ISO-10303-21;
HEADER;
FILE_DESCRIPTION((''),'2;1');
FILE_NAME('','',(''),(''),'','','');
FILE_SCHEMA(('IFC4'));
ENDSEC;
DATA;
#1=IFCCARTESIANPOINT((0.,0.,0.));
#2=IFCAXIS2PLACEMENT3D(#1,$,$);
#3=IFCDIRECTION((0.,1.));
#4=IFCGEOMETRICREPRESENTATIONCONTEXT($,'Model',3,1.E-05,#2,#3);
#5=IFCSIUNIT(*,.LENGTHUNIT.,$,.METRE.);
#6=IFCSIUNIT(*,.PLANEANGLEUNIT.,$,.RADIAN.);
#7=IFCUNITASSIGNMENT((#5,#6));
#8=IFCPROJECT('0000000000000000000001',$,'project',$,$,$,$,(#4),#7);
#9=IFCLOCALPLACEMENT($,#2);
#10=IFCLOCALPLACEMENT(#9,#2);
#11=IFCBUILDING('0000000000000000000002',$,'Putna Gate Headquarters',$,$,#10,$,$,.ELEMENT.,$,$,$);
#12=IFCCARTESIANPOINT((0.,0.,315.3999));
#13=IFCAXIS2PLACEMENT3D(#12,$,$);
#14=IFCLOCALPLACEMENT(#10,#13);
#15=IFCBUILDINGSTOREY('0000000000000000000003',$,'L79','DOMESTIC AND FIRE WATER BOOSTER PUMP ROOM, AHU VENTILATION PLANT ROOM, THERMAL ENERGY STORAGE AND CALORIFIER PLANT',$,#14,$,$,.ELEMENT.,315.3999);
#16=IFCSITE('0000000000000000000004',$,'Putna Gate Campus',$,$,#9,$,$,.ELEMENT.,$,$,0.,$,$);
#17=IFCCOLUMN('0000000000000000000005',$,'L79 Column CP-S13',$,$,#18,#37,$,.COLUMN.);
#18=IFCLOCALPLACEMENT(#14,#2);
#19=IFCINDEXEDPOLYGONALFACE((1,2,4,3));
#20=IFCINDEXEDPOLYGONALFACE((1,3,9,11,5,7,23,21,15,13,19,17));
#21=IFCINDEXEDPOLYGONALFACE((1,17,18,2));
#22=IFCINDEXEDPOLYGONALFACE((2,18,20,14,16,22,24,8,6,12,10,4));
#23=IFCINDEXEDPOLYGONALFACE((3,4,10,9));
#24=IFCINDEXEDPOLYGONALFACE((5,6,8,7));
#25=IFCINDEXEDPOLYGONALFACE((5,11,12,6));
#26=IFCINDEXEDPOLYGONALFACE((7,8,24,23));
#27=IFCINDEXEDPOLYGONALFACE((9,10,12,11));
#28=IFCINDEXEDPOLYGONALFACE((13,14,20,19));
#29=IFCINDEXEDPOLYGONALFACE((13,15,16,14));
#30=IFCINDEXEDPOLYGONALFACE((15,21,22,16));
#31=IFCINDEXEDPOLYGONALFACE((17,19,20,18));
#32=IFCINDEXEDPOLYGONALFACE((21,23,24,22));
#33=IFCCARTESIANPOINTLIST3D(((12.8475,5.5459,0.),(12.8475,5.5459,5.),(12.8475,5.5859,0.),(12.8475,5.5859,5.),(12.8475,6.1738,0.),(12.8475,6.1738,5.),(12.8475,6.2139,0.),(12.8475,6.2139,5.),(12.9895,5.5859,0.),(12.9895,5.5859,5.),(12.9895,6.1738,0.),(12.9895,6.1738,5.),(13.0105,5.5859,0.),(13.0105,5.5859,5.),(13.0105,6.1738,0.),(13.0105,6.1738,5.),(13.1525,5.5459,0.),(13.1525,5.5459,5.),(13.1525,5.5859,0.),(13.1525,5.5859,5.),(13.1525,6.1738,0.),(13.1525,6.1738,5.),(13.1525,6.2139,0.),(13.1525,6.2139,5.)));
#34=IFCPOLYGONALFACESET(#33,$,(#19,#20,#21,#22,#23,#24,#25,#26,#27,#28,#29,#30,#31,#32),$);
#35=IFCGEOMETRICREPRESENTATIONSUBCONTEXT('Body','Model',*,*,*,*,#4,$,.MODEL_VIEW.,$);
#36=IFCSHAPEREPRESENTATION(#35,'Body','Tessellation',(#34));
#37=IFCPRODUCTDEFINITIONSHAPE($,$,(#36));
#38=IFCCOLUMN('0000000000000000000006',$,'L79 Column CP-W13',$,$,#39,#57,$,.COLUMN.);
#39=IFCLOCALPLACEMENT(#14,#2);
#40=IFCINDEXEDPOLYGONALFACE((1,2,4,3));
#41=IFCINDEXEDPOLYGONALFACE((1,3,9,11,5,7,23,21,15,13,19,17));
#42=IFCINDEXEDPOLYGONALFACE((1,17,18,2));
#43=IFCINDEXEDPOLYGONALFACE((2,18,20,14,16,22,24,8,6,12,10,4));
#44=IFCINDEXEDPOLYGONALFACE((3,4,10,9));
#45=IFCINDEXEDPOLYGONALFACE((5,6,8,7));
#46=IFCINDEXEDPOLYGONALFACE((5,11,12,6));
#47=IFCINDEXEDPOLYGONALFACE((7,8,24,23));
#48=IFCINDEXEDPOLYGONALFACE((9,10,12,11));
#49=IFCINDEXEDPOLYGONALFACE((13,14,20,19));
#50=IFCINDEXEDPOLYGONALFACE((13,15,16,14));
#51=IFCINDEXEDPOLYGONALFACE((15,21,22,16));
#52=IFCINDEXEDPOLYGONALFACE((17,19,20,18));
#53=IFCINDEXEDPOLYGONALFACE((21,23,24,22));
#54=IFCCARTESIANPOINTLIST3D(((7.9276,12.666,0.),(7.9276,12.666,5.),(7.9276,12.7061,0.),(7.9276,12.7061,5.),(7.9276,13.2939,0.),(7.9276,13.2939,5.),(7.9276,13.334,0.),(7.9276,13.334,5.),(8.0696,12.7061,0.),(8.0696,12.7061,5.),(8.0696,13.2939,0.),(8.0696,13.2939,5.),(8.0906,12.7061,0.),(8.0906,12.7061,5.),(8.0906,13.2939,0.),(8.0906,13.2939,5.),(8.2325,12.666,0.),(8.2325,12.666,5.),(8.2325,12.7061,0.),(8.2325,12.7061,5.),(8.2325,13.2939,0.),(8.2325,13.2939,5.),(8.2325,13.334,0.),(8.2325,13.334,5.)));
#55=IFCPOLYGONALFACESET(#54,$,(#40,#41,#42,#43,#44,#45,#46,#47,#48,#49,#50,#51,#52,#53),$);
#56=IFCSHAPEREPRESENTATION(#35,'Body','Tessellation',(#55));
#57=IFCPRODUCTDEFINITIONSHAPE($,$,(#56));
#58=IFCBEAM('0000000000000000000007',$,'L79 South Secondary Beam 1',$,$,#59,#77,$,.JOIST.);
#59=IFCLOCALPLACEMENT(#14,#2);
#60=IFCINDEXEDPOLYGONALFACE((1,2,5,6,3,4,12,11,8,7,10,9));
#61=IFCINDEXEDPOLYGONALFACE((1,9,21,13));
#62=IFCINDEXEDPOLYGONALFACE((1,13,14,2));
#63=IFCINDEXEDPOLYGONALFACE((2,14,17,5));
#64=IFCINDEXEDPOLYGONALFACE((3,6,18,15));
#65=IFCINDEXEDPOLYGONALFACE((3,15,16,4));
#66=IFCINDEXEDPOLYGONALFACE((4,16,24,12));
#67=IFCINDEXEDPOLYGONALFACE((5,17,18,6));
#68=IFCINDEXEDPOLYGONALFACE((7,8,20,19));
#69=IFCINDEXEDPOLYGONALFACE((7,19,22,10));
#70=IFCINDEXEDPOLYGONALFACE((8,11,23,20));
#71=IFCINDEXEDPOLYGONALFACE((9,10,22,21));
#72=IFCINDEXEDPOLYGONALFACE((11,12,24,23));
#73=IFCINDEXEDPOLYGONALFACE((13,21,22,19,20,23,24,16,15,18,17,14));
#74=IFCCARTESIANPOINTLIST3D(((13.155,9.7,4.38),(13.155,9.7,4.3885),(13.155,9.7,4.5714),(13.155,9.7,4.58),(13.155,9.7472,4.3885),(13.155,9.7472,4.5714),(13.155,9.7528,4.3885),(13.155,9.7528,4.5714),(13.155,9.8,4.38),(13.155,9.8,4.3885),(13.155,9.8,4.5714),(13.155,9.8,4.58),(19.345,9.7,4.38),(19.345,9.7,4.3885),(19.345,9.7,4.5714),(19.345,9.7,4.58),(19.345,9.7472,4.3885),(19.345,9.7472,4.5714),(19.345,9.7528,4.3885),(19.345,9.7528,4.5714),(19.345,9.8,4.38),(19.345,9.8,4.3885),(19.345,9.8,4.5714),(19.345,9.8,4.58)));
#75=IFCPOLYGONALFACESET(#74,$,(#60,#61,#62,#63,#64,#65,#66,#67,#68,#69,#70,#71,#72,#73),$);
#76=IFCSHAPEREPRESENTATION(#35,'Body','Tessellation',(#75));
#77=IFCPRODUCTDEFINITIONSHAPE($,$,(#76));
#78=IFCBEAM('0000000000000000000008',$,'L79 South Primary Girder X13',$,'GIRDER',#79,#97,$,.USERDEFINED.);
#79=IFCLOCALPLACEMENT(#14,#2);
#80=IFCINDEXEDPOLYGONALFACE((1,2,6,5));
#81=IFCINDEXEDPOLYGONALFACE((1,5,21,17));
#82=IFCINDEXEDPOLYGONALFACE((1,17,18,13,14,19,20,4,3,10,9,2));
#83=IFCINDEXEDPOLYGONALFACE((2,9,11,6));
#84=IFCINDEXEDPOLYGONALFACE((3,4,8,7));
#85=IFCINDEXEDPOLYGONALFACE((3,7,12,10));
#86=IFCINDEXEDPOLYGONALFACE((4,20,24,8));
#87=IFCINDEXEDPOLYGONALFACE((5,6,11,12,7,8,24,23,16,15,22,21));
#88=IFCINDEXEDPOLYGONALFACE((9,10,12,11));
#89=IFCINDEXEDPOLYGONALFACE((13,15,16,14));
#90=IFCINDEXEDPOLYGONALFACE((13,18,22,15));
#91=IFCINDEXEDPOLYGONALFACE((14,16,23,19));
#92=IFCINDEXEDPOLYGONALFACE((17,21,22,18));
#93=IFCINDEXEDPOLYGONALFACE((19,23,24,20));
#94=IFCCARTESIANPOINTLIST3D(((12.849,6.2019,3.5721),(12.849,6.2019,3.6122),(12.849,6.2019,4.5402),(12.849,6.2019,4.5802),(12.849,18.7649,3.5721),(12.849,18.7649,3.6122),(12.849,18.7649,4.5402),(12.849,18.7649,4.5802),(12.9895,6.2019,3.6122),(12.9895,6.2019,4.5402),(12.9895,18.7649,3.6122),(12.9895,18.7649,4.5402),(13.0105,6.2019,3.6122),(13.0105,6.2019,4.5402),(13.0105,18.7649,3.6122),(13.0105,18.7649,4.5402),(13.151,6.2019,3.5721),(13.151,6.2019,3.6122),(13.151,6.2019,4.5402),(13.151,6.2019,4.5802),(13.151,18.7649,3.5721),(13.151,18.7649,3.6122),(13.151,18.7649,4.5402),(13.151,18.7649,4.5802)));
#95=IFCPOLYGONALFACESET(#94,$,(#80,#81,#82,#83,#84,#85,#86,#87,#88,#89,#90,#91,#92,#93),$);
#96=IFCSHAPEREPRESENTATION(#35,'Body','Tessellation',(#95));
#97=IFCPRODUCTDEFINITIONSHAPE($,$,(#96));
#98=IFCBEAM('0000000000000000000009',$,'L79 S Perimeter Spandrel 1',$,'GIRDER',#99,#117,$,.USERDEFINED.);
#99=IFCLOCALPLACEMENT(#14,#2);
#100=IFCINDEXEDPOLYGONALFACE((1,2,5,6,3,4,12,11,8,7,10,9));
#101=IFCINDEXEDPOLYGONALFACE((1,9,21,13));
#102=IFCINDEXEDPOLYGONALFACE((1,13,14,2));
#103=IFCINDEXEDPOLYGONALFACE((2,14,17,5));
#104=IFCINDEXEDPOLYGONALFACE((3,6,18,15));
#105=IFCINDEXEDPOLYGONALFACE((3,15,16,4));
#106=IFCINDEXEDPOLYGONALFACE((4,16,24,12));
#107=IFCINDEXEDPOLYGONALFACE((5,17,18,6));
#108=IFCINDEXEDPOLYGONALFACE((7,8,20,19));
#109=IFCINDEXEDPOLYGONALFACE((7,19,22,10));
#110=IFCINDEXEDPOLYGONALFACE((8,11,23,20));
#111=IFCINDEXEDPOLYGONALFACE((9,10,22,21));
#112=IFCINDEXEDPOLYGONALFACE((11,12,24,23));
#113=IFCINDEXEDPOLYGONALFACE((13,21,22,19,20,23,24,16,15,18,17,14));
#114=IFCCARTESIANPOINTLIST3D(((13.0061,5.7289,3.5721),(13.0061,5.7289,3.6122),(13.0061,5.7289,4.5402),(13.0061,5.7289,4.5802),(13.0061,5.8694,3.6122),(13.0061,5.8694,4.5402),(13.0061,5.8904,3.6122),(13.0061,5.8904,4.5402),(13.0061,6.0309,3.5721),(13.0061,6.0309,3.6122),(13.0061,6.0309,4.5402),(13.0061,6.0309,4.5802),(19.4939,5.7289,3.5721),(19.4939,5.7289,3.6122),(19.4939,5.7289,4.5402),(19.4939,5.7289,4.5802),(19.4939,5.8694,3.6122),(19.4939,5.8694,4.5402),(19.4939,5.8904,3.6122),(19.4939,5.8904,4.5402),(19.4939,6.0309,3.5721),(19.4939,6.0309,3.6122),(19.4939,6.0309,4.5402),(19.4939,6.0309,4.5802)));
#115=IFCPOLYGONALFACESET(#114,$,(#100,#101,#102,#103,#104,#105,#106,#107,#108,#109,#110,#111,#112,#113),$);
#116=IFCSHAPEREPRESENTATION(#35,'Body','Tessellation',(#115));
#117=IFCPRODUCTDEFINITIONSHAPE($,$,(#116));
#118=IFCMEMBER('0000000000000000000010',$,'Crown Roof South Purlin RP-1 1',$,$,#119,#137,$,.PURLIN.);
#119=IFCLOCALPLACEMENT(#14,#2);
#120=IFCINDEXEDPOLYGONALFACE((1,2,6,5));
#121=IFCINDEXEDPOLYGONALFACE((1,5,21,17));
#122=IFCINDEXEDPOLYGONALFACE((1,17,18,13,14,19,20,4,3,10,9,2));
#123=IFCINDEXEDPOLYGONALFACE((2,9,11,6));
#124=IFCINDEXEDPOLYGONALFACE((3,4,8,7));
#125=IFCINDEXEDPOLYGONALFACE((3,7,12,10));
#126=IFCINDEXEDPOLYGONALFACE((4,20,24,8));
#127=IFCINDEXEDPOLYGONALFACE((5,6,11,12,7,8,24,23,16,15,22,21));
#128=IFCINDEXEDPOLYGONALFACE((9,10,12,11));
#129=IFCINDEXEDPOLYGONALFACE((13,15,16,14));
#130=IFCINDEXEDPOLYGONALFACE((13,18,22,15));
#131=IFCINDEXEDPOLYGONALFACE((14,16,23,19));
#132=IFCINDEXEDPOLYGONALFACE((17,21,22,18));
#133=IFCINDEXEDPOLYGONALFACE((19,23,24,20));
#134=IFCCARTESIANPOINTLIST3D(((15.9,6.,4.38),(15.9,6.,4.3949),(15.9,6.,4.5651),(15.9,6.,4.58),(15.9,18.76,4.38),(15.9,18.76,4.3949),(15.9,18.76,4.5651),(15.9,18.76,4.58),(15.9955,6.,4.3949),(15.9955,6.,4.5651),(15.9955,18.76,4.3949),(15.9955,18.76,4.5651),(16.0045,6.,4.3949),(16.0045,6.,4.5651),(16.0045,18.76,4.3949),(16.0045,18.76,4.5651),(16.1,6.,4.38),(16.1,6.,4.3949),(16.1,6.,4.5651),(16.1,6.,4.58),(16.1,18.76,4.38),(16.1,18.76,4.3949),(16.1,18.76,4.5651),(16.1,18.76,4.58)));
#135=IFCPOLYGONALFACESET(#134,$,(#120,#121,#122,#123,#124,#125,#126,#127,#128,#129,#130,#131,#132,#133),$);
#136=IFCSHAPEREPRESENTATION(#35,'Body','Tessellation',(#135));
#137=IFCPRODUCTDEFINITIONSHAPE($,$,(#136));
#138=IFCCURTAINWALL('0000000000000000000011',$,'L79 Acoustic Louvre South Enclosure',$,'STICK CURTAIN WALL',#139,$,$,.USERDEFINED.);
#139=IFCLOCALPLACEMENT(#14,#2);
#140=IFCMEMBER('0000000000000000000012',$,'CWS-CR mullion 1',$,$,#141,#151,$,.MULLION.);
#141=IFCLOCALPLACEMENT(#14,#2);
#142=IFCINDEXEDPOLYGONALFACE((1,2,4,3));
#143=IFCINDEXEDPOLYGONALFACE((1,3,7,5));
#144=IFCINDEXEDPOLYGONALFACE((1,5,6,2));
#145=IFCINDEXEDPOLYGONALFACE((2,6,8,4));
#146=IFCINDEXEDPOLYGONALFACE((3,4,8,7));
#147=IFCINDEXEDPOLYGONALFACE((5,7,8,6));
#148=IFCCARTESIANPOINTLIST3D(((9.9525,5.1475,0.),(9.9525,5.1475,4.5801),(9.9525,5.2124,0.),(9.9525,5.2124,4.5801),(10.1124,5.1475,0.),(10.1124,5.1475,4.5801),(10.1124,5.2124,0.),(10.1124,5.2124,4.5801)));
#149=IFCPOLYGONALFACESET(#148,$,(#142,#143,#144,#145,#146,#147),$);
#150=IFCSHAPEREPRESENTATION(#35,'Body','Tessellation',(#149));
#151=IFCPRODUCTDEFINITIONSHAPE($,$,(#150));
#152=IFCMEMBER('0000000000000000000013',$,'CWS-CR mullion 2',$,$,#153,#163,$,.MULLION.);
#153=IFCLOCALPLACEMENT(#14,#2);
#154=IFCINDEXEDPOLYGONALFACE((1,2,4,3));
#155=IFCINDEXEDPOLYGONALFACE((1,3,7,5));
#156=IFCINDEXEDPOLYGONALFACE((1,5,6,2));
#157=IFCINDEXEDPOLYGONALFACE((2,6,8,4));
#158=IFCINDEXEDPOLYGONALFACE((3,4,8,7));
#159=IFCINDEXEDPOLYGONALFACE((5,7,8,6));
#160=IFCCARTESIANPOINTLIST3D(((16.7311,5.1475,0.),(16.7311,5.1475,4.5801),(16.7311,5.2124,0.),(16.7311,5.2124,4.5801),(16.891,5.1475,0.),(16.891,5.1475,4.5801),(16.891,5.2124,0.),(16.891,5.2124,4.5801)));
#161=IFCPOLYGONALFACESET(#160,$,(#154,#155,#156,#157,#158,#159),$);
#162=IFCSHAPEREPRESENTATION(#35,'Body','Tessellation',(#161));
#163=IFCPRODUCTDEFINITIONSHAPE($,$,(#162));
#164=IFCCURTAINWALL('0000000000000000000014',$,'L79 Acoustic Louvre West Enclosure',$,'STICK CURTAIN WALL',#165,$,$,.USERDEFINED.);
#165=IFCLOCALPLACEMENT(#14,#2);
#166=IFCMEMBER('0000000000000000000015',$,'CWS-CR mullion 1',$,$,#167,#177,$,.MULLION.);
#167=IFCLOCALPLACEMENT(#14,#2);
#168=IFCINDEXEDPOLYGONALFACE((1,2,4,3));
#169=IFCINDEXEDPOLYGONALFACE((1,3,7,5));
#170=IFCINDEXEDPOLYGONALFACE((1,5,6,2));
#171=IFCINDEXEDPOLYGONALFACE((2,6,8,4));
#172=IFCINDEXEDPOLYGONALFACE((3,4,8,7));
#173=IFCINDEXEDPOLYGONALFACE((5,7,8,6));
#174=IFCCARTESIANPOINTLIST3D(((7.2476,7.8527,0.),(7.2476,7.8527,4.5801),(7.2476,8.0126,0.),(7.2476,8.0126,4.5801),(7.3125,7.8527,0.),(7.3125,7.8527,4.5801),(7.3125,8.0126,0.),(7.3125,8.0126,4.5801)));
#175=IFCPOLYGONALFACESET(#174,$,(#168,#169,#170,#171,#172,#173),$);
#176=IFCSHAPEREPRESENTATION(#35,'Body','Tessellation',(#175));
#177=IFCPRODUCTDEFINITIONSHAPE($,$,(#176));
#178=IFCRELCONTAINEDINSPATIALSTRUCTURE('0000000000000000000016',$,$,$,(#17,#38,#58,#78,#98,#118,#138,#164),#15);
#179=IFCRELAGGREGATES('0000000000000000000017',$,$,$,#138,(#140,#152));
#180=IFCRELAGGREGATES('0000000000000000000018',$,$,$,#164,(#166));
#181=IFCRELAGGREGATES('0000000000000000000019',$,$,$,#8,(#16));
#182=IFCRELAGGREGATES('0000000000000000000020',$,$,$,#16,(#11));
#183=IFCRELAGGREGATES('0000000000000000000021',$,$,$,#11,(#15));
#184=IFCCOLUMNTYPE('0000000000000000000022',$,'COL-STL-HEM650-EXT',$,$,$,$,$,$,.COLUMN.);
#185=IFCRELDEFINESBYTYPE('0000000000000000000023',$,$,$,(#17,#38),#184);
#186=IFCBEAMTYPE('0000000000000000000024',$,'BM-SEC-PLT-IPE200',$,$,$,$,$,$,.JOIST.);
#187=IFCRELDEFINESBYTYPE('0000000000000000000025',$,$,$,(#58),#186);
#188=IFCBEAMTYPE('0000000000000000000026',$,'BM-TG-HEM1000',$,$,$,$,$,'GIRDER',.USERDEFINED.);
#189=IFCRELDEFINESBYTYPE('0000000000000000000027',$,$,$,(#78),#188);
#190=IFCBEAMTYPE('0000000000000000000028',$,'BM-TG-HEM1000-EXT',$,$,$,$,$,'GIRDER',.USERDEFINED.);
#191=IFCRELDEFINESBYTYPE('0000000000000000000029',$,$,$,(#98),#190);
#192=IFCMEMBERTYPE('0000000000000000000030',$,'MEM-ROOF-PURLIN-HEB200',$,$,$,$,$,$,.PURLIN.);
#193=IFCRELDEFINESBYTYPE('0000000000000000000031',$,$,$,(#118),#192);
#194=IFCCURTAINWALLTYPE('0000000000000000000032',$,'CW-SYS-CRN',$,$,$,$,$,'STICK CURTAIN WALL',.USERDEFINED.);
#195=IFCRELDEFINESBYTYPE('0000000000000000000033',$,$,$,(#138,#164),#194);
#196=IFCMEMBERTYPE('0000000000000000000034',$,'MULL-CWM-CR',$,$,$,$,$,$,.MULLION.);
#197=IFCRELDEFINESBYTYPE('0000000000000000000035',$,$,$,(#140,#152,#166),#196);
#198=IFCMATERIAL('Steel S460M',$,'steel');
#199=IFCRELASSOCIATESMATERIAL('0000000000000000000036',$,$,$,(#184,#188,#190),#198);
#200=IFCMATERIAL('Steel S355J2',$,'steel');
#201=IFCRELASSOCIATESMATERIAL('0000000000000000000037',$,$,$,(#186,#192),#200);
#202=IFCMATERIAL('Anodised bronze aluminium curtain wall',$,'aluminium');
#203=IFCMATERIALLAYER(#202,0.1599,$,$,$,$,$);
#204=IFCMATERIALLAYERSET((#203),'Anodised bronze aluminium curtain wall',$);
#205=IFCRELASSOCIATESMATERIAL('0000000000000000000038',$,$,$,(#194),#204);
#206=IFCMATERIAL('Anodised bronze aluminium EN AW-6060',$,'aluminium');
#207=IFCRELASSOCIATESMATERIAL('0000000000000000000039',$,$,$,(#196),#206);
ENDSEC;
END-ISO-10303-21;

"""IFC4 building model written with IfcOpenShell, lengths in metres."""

from ifc_helpers import new_model, si_unit, direction, frame, origin, origin_2d, place, context, subcontext, project, spatial, rectangle, i_section, extrude, material, layer, layer_set, material_profile, profile_set, type_object, element, aggregate, save


model = new_model("IFC4")

# Units and contexts
model_context = context("Model", 3, precision=1e-05, world=origin(), true_north=direction((0.0, 1.0)))
body_context = subcontext(model_context, "Body", "Model", "MODEL_VIEW")
ifc_project = project(units=[si_unit("LENGTHUNIT", "METRE"), si_unit("PLANEANGLEUNIT", "RADIAN")], contexts=[model_context])

# Site, building, storey
site_placement = place(None, origin())
site = spatial("IfcSite", under=ifc_project, at=site_placement, Name="Putna Gate Campus", CompositionType="ELEMENT", RefElevation=0.0)
building_placement = place(site_placement, origin())
building = spatial("IfcBuilding", under=site, at=building_placement, Name="Putna Gate Headquarters", CompositionType="ELEMENT")
storey_placement = place(building_placement, frame((0.0, 0.0, 315.3999)))
storey = spatial("IfcBuildingStorey", under=building, at=storey_placement, Name="L79", Description="DOMESTIC AND FIRE WATER BOOSTER PUMP ROOM, AHU VENTILATION PLANT ROOM, THERMAL ENERGY STORAGE AND CALORIFIER PLANT", CompositionType="ELEMENT", Elevation=315.3999)

# Columns
ifc_material_1 = material(Name="Steel S460M", Category="steel")
ifc_material_profile_1 = material_profile(ifc_material_1, i_section(OverallWidth=0.3049, OverallDepth=0.668, WebThickness=0.021, FlangeThickness=0.04, at=origin_2d()), Name="Steel S460M")
ifc_profile_set_1 = profile_set([ifc_material_profile_1], Name="Steel S460M")
column_type = type_object("IfcColumnType", Name="COL-STL-HEM650-EXT", PredefinedType="COLUMN", material=ifc_profile_set_1)
for number, where, z_axis, x_axis, name in (
    (1, (13.0, 5.8799, 0.0), (0.0, 0.0, 1.0), (1.0, 0.0, 0.0), "L79 Column CP-S13"),
    (2, (8.0801, 13.0, 0.0), (0.0, 0.0, 1.0), (1.0, 0.0, 0.0), "L79 Column CP-W13"),
):
    element("IfcColumn", number, at=place(storey_placement, frame(where, z_axis=z_axis, x_axis=x_axis)), inside=storey, type_object=column_type, Name=name, PredefinedType="COLUMN", context=body_context, shape_type="SweptSolid", body=[
        extrude(i_section(OverallWidth=0.3049, OverallDepth=0.668, WebThickness=0.021, FlangeThickness=0.04, at=origin_2d()), origin(), (0.0, 0.0, 1.0), 5.0),
    ])

# Beams
ifc_material_2 = material(Name="Steel S355J2", Category="steel")
ifc_material_profile_2 = material_profile(ifc_material_2, i_section(OverallWidth=0.1001, OverallDepth=0.2, WebThickness=0.0056, FlangeThickness=0.0085, at=origin_2d()), Name="Steel S355J2")
ifc_profile_set_2 = profile_set([ifc_material_profile_2], Name="Steel S355J2")
beam_type_1 = type_object("IfcBeamType", Name="BM-SEC-PLT-IPE200", PredefinedType="JOIST", material=ifc_profile_set_2)
beam_1_placement = place(storey_placement, frame((13.155, 9.75, 4.48), z_axis=(1.0, 0.0, 0.0), x_axis=(0.0, 1.0, 0.0)))
element("IfcBeam", 3, at=beam_1_placement, inside=storey, type_object=beam_type_1, Name="L79 South Secondary Beam 1", PredefinedType="JOIST", context=body_context, shape_type="SweptSolid", body=[
    extrude(i_section(OverallWidth=0.1001, OverallDepth=0.2, WebThickness=0.0056, FlangeThickness=0.0085, at=origin_2d()), origin(), (0.0, 0.0, 1.0), 6.1899),
])
ifc_material_profile_3 = material_profile(ifc_material_1, i_section(OverallWidth=0.302, OverallDepth=1.0081, WebThickness=0.021, FlangeThickness=0.04, at=origin_2d()), Name="Steel S460M")
ifc_profile_set_3 = profile_set([ifc_material_profile_3], Name="Steel S460M")
beam_type_2 = type_object("IfcBeamType", Name="BM-TG-HEM1000", ElementType="GIRDER", PredefinedType="USERDEFINED", material=ifc_profile_set_3)
beam_2_placement = place(storey_placement, frame((13.0, 6.2019, 4.0762), z_axis=(0.0, 1.0, 0.0), x_axis=(-1.0, 0.0, 0.0)))
element("IfcBeam", 4, at=beam_2_placement, inside=storey, type_object=beam_type_2, Name="L79 South Primary Girder X13", ObjectType="GIRDER", PredefinedType="USERDEFINED", context=body_context, shape_type="SweptSolid", body=[
    extrude(i_section(OverallWidth=0.302, OverallDepth=1.0081, WebThickness=0.021, FlangeThickness=0.04, at=origin_2d()), origin(), (0.0, 0.0, 1.0), 12.563),
])
ifc_material_profile_4 = material_profile(ifc_material_1, i_section(OverallWidth=0.302, OverallDepth=1.0081, WebThickness=0.021, FlangeThickness=0.04, at=origin_2d()), Name="Steel S460M")
ifc_profile_set_4 = profile_set([ifc_material_profile_4], Name="Steel S460M")
beam_type_3 = type_object("IfcBeamType", Name="BM-TG-HEM1000-EXT", ElementType="GIRDER", PredefinedType="USERDEFINED", material=ifc_profile_set_4)
beam_3_placement = place(storey_placement, frame((13.0061, 5.8799, 4.0762), z_axis=(1.0, 0.0, 0.0), x_axis=(0.0, 1.0, 0.0)))
element("IfcBeam", 5, at=beam_3_placement, inside=storey, type_object=beam_type_3, Name="L79 S Perimeter Spandrel 1", ObjectType="GIRDER", PredefinedType="USERDEFINED", context=body_context, shape_type="SweptSolid", body=[
    extrude(i_section(OverallWidth=0.302, OverallDepth=1.0081, WebThickness=0.021, FlangeThickness=0.04, at=origin_2d()), origin(), (0.0, 0.0, 1.0), 6.4878),
])

# Member
ifc_material_profile_5 = material_profile(ifc_material_2, i_section(OverallWidth=0.2, OverallDepth=0.2, WebThickness=0.009, FlangeThickness=0.0149, at=origin_2d()), Name="Steel S355J2")
ifc_profile_set_5 = profile_set([ifc_material_profile_5], Name="Steel S355J2")
member_type_1 = type_object("IfcMemberType", Name="MEM-ROOF-PURLIN-HEB200", PredefinedType="PURLIN", material=ifc_profile_set_5)
member_1_placement = place(storey_placement, frame((16.0, 6.0, 4.48), z_axis=(0.0, 1.0, 0.0), x_axis=(-1.0, 0.0, 0.0)))
element("IfcMember", 6, at=member_1_placement, inside=storey, type_object=member_type_1, Name="Crown Roof South Purlin RP-1 1", PredefinedType="PURLIN", context=body_context, shape_type="SweptSolid", body=[
    extrude(i_section(OverallWidth=0.2, OverallDepth=0.2, WebThickness=0.009, FlangeThickness=0.0149, at=origin_2d()), origin(), (0.0, 0.0, 1.0), 12.76),
])

# Curtain wall, members
ifc_material_3 = material(Name="Anodised bronze aluminium curtain wall", Category="aluminium")
ifc_layer_1 = layer(ifc_material_3, 0.1599)
ifc_layer_set_1 = layer_set([ifc_layer_1], Name="Anodised bronze aluminium curtain wall")
curtain_wall_type = type_object("IfcCurtainWallType", Name="CW-SYS-CRN", ElementType="STICK CURTAIN WALL", PredefinedType="USERDEFINED", material=ifc_layer_set_1)
curtain_wall_1_placement = place(storey_placement, origin())
curtain_wall_1 = element("IfcCurtainWall", 7, at=curtain_wall_1_placement, inside=storey, type_object=curtain_wall_type, Name="L79 Acoustic Louvre South Enclosure", ObjectType="STICK CURTAIN WALL", PredefinedType="USERDEFINED")
ifc_material_4 = material(Name="Anodised bronze aluminium EN AW-6060", Category="aluminium")
ifc_material_profile_6 = material_profile(ifc_material_4, rectangle(XDim=0.0649, YDim=0.1599, at=origin_2d()), Name="Anodised bronze aluminium EN AW-6060")
ifc_profile_set_6 = profile_set([ifc_material_profile_6], Name="Anodised bronze aluminium EN AW-6060")
member_type_2 = type_object("IfcMemberType", Name="MULL-CWM-CR", PredefinedType="MULLION", material=ifc_profile_set_6)
member_2_placement = place(storey_placement, frame((10.0325, 5.1799, 0.0), z_axis=(0.0, 0.0, 1.0), x_axis=(0.0, 1.0, 0.0)))
member_2 = element("IfcMember", 8, at=member_2_placement, type_object=member_type_2, Name="CWS-CR mullion 1", PredefinedType="MULLION", context=body_context, shape_type="SweptSolid", body=[
    extrude(rectangle(XDim=0.0649, YDim=0.1599, at=origin_2d()), origin(), (0.0, 0.0, 1.0), 4.5801),
])
member_3_placement = place(storey_placement, frame((16.811, 5.1799, 0.0), z_axis=(0.0, 0.0, 1.0), x_axis=(0.0, 1.0, 0.0)))
member_3 = element("IfcMember", 9, at=member_3_placement, type_object=member_type_2, Name="CWS-CR mullion 2", PredefinedType="MULLION", context=body_context, shape_type="SweptSolid", body=[
    extrude(rectangle(XDim=0.0649, YDim=0.1599, at=origin_2d()), origin(), (0.0, 0.0, 1.0), 4.5801),
])

# Curtain wall, member
curtain_wall_2_placement = place(storey_placement, origin())
curtain_wall_2 = element("IfcCurtainWall", 10, at=curtain_wall_2_placement, inside=storey, type_object=curtain_wall_type, Name="L79 Acoustic Louvre West Enclosure", ObjectType="STICK CURTAIN WALL", PredefinedType="USERDEFINED")
member_4_placement = place(storey_placement, frame((7.28, 7.9326, 0.0), z_axis=(0.0, 0.0, 1.0), x_axis=(-1.0, 0.0, 0.0)))
member_4 = element("IfcMember", 11, at=member_4_placement, type_object=member_type_2, Name="CWS-CR mullion 1", PredefinedType="MULLION", context=body_context, shape_type="SweptSolid", body=[
    extrude(rectangle(XDim=0.0649, YDim=0.1599, at=origin_2d()), origin(), (0.0, 0.0, 1.0), 4.5801),
])

aggregate(curtain_wall_1, [member_2, member_3])
aggregate(curtain_wall_2, [member_4])

save(model, "model.ifc")
